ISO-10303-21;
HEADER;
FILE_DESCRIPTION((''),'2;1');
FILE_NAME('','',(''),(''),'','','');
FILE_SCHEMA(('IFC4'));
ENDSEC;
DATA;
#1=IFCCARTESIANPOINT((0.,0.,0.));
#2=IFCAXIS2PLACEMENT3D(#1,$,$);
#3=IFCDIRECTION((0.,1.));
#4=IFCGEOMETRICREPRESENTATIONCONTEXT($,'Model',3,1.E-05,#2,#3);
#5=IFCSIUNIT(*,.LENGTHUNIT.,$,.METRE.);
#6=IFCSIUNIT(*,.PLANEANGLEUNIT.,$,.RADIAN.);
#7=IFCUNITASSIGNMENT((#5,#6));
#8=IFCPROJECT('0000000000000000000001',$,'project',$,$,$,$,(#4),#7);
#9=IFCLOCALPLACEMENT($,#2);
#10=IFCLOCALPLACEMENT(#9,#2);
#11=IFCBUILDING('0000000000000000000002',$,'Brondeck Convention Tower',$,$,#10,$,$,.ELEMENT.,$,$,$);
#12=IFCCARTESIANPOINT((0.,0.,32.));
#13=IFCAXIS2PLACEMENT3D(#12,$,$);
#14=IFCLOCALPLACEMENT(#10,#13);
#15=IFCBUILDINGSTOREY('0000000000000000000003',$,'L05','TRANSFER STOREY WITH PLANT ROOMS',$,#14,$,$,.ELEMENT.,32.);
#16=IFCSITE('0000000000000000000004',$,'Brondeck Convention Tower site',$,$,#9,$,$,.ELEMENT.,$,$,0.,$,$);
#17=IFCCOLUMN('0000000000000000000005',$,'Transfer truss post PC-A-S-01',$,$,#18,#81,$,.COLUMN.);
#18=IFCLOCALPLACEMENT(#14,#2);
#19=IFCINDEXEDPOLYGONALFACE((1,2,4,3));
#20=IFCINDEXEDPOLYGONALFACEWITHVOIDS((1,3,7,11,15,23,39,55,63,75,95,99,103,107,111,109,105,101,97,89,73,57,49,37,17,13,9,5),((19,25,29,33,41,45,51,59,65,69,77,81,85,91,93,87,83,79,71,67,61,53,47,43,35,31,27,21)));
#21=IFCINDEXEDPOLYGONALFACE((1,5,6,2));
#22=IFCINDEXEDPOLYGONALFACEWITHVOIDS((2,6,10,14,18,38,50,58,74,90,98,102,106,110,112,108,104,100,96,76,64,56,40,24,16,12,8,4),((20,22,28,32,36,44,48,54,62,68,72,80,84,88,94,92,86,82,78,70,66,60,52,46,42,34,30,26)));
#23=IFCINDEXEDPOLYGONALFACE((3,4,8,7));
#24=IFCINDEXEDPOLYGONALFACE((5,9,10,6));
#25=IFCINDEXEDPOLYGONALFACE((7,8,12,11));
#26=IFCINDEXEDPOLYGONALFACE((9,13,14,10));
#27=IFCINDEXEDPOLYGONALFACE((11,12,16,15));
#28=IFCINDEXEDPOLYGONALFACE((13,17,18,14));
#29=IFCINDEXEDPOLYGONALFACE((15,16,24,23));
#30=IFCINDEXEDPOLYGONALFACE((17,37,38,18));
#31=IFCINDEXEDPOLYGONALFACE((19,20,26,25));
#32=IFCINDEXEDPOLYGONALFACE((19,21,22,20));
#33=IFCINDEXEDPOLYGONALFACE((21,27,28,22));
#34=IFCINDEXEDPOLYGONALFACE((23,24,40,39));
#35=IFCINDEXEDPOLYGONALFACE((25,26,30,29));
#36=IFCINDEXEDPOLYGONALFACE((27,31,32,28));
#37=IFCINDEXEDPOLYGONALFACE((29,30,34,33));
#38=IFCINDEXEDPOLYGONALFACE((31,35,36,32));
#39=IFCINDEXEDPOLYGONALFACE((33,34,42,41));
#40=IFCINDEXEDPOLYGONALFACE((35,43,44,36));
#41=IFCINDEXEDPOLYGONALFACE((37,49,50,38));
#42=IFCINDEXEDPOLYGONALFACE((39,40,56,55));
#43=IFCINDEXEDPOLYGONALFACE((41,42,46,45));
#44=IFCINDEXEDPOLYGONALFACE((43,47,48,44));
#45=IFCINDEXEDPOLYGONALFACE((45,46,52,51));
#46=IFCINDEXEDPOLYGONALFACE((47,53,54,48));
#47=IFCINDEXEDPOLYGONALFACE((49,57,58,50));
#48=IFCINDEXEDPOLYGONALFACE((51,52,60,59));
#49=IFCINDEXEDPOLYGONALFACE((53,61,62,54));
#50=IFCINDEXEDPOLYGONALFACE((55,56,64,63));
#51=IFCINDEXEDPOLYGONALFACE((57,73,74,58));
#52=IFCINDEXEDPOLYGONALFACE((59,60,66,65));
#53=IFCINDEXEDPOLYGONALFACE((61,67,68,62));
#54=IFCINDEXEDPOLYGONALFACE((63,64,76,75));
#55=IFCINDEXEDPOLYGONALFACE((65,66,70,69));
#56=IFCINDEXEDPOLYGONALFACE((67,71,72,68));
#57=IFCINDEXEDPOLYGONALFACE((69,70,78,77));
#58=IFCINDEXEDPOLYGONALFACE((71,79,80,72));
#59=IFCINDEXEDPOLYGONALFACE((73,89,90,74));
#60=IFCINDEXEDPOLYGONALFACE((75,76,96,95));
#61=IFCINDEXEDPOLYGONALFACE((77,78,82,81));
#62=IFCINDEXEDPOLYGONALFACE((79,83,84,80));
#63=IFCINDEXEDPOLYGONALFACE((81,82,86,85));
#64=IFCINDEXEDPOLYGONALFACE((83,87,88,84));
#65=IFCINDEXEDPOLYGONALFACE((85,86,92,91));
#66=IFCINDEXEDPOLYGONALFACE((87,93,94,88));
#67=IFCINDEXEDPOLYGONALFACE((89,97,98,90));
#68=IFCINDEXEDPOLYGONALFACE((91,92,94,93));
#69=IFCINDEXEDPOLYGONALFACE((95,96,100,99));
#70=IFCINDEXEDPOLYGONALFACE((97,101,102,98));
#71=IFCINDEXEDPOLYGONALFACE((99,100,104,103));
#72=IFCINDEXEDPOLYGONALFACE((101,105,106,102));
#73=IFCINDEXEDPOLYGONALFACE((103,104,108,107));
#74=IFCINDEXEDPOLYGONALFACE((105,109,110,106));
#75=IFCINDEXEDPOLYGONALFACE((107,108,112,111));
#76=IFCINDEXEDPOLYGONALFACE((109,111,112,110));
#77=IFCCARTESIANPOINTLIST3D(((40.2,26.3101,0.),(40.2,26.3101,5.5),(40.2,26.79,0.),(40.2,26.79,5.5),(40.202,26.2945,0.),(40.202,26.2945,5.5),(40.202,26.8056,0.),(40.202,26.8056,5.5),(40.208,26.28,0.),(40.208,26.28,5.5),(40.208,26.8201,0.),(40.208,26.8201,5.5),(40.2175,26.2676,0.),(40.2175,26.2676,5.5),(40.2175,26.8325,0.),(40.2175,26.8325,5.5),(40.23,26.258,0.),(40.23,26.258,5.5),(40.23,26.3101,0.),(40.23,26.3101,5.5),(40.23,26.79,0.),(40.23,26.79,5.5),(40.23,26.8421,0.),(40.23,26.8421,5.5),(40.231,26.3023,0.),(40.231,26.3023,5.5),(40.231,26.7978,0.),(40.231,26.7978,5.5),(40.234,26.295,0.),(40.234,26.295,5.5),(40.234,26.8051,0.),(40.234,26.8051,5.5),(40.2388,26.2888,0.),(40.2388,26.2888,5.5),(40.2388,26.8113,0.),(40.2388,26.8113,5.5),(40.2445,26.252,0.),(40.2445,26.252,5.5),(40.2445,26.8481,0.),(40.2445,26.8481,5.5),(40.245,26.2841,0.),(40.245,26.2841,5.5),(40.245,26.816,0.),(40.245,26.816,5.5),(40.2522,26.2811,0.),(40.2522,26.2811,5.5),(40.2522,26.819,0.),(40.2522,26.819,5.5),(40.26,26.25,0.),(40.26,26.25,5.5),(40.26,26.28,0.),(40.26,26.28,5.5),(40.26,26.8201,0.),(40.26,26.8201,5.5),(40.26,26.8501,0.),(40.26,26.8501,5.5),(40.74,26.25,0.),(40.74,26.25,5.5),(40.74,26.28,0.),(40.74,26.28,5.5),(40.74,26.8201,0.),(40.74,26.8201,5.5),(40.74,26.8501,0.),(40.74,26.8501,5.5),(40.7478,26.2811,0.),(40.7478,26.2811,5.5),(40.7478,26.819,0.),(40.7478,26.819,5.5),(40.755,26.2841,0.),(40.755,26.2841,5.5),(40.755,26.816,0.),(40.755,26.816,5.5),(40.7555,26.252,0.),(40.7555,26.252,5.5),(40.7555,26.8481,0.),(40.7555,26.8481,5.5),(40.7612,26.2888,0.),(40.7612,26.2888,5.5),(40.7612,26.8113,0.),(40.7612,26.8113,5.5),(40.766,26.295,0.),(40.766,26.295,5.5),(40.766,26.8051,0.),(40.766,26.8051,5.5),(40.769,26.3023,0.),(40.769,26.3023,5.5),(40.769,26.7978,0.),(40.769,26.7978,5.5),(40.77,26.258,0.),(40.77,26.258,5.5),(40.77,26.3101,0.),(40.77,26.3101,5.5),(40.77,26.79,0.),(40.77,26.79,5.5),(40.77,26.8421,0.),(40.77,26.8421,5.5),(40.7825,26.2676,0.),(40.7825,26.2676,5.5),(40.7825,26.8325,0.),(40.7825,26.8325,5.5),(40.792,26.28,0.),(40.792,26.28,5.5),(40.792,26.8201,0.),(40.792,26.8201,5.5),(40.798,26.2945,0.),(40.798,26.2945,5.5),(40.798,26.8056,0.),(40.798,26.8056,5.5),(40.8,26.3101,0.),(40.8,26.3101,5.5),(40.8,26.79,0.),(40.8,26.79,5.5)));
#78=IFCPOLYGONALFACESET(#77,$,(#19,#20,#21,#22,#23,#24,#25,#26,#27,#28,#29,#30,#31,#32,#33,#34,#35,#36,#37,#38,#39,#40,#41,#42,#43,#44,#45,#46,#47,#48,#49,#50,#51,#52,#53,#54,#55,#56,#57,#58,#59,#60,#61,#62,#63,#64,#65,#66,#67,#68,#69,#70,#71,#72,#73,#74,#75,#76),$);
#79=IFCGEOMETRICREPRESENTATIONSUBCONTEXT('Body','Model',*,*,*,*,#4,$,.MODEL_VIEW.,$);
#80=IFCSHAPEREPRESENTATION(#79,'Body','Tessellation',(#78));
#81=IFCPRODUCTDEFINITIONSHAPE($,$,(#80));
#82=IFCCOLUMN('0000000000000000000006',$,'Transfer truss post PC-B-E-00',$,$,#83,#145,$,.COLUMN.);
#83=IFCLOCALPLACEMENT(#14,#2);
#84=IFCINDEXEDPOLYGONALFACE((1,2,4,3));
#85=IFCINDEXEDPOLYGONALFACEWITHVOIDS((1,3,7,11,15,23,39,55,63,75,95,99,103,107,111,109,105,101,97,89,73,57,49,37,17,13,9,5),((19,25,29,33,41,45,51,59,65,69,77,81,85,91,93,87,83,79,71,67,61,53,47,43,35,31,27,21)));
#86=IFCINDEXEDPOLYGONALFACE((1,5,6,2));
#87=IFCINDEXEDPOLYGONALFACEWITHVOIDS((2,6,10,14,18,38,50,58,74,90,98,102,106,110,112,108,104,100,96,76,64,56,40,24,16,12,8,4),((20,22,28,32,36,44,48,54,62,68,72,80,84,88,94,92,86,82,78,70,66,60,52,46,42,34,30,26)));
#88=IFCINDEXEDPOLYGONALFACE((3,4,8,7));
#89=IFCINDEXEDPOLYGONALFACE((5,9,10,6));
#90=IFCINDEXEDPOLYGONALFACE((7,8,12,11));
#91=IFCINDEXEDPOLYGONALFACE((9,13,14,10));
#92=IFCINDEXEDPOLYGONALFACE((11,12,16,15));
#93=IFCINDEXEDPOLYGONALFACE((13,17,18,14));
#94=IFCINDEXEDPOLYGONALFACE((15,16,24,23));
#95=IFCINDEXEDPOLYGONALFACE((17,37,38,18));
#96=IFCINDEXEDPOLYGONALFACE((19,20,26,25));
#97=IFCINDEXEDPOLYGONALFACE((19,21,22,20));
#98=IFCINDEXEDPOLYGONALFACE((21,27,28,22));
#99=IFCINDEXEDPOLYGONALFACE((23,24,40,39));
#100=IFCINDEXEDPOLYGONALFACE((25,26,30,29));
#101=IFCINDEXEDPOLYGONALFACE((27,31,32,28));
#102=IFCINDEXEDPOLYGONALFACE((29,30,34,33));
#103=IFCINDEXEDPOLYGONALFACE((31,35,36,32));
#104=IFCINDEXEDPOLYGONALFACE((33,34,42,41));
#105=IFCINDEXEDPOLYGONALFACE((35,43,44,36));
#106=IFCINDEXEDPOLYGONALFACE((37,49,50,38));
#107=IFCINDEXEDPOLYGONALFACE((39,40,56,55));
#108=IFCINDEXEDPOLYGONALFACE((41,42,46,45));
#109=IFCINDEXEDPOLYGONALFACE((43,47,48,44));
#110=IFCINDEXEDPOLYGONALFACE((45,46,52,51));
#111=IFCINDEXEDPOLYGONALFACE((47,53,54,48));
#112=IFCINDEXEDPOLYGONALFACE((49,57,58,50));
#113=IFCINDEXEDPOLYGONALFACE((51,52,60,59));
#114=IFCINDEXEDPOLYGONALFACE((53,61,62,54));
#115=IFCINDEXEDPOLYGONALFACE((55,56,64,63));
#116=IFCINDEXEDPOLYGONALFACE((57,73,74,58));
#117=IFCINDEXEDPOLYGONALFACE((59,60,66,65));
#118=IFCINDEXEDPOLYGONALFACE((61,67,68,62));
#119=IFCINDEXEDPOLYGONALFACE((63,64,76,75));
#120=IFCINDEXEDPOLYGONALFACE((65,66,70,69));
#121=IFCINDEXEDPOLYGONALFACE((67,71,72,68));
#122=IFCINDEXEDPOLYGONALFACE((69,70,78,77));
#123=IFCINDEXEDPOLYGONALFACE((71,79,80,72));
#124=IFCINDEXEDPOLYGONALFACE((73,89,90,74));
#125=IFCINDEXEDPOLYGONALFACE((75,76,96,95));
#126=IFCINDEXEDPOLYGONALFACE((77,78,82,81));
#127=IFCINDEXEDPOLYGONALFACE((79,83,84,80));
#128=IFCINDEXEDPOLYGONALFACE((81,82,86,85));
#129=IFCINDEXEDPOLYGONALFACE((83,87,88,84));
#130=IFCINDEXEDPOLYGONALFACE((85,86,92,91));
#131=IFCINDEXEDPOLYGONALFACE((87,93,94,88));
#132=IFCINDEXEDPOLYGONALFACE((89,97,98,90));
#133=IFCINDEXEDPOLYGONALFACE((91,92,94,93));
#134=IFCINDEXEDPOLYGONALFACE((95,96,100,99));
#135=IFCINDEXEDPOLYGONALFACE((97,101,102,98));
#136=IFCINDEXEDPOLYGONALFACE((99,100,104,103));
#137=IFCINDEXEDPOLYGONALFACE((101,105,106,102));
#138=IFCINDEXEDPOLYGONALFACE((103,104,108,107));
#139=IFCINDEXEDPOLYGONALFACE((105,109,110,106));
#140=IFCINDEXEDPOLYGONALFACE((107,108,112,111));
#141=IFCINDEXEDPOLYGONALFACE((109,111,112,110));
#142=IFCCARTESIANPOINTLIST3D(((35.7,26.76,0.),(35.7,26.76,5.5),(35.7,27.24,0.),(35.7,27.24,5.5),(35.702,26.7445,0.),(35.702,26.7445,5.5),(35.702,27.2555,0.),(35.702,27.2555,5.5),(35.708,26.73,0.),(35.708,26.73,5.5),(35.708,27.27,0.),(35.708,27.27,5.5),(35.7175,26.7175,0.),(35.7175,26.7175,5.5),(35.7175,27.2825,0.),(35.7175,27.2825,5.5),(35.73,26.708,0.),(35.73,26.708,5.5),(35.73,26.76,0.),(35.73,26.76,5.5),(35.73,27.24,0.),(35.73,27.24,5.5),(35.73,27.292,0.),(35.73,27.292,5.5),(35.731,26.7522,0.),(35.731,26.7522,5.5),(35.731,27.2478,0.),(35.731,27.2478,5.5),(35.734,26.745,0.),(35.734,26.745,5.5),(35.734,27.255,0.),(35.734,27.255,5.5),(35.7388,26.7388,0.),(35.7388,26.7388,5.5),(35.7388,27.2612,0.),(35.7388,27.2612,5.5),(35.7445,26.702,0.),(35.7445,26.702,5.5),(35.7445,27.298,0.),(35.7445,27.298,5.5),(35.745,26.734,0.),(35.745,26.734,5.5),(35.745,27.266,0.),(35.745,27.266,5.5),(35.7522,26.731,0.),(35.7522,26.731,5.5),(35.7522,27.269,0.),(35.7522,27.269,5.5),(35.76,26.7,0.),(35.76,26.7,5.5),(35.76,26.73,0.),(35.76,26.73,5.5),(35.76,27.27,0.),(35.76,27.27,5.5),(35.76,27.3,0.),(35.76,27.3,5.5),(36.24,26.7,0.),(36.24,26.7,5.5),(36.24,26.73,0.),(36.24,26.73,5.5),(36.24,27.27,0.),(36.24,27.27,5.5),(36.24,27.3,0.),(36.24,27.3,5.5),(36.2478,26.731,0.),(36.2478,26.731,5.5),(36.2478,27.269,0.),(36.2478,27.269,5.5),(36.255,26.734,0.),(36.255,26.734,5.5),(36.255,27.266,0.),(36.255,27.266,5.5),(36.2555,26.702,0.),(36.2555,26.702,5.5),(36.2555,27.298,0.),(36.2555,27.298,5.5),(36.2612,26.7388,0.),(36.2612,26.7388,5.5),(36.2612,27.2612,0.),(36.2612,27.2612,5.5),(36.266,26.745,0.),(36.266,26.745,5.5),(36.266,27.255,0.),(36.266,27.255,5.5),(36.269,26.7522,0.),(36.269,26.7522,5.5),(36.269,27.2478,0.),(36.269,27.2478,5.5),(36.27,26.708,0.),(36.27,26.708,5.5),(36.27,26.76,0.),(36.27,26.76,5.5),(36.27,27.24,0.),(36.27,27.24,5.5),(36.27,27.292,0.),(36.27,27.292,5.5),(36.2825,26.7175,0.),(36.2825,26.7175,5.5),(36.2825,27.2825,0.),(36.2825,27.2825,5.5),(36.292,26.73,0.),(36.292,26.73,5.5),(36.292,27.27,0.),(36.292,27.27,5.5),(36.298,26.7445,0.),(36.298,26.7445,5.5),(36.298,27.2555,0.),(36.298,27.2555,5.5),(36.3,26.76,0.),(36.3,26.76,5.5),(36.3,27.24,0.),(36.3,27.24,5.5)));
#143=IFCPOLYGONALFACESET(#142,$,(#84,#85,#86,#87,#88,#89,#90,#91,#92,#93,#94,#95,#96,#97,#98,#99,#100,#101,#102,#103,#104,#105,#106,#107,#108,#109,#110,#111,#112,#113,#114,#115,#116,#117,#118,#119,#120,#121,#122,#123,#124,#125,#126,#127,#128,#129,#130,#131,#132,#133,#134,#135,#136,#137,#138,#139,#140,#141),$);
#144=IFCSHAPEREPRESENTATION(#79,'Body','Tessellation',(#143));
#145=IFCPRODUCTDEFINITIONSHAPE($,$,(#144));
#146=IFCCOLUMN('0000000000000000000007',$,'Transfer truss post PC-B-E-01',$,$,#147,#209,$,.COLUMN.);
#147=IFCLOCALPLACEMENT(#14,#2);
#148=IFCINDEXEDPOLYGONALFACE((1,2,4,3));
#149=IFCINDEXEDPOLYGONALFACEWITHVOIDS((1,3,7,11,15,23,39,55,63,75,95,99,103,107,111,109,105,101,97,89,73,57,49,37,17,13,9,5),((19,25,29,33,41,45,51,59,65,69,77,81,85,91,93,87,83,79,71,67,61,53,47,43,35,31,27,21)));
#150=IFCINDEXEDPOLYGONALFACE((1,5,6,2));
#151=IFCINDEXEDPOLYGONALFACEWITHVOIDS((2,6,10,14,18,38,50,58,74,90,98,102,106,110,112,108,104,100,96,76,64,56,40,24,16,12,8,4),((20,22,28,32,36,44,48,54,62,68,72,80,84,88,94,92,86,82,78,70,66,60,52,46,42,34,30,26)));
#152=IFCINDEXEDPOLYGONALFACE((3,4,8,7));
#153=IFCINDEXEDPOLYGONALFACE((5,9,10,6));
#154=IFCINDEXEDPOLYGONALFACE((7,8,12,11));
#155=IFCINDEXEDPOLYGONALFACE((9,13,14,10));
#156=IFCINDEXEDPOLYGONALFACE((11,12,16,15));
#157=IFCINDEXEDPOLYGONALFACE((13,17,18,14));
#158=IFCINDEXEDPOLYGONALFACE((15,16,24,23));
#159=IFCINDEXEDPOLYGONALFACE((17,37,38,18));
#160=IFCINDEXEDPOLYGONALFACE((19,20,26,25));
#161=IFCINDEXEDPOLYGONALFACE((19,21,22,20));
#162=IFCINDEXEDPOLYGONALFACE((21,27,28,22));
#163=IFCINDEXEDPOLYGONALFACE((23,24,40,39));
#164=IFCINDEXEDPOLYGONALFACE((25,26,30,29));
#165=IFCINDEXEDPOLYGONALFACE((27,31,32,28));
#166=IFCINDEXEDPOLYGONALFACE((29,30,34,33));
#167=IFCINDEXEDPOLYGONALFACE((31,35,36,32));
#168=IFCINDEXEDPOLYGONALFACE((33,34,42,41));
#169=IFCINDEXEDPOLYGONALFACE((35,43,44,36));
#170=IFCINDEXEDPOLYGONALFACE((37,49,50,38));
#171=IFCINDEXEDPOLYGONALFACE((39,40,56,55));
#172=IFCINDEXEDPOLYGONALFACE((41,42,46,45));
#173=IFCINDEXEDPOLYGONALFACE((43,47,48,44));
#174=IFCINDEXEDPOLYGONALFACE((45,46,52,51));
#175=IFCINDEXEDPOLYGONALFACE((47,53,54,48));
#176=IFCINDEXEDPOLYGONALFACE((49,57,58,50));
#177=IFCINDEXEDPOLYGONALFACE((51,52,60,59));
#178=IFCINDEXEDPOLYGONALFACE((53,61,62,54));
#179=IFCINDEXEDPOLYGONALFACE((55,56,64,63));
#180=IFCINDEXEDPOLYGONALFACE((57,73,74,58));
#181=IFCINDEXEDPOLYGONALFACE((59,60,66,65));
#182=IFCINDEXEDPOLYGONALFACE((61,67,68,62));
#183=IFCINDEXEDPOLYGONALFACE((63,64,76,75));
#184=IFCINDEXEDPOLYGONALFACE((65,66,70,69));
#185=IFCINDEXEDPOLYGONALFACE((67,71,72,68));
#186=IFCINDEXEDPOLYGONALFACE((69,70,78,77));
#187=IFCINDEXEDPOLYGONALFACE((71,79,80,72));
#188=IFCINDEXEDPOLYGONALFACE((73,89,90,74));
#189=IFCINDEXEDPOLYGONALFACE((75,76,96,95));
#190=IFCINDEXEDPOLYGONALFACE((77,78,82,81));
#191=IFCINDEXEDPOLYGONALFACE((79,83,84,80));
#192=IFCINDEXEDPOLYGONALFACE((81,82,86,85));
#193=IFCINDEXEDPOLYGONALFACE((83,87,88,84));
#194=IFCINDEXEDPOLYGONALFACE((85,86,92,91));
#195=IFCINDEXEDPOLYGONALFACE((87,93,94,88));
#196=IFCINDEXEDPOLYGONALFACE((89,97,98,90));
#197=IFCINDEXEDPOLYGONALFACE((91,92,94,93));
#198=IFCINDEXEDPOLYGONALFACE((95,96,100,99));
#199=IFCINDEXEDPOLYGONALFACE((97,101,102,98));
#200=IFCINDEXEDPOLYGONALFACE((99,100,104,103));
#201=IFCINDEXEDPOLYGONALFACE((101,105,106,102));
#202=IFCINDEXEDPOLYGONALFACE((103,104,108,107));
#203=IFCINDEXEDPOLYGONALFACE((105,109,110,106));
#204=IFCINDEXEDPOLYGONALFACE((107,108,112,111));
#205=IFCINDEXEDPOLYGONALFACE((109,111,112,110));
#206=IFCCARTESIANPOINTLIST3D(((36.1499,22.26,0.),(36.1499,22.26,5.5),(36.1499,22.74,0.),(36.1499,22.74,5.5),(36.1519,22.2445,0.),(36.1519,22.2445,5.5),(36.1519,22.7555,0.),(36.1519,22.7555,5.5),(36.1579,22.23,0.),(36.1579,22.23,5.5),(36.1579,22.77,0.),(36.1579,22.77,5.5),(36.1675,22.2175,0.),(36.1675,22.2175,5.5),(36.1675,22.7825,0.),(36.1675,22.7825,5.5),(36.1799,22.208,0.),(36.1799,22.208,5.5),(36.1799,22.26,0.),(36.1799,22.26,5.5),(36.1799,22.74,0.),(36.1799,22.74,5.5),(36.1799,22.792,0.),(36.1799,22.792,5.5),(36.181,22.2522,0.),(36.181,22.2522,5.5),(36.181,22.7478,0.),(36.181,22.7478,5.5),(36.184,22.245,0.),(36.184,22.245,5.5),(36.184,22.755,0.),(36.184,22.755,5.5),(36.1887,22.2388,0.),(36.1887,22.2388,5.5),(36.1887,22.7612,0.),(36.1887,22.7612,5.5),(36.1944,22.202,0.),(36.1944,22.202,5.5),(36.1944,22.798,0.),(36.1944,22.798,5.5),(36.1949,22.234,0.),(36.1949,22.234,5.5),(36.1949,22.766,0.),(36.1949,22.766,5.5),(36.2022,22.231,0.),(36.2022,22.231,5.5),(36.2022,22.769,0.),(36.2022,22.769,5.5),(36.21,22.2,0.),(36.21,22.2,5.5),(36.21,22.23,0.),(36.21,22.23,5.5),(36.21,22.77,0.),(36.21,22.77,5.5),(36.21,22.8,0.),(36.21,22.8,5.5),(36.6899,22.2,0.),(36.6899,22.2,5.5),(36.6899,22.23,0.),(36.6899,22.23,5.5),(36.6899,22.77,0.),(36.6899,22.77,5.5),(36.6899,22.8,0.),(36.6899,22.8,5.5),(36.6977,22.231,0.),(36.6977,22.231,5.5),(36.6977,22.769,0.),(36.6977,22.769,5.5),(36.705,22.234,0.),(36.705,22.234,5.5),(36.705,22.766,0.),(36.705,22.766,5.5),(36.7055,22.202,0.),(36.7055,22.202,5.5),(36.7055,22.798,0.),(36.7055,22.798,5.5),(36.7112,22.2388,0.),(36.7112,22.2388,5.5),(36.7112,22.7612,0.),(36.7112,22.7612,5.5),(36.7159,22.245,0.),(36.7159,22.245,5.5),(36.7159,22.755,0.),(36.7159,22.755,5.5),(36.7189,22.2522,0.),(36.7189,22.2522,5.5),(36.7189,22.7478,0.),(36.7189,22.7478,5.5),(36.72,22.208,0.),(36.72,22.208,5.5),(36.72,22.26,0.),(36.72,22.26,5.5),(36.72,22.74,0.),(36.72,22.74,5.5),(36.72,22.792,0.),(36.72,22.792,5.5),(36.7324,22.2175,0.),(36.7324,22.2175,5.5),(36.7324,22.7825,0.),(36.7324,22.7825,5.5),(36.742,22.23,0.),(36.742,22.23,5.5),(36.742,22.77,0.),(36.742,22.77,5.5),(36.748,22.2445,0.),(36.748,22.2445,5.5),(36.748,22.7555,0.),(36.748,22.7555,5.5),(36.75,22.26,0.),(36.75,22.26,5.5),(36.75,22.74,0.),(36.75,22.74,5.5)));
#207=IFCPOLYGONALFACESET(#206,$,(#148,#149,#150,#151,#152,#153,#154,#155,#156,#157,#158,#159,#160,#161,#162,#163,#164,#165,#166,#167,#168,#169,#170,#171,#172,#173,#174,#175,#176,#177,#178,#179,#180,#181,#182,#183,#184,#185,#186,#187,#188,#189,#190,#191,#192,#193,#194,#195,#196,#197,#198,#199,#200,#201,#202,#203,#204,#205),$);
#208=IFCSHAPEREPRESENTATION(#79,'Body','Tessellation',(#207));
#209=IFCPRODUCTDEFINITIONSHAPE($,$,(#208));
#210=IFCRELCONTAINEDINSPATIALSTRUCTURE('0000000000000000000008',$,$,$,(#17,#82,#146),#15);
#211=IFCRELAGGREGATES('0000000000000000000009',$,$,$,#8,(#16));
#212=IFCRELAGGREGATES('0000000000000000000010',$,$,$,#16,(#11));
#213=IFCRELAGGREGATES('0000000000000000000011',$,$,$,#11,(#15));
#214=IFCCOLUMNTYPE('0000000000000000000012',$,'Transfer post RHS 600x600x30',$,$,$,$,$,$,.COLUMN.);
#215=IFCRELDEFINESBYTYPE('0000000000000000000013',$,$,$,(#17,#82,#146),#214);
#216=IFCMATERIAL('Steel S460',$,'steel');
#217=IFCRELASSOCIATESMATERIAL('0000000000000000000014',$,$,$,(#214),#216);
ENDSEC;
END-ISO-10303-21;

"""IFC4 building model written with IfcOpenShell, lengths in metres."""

from ifc_helpers import new_model, si_unit, direction, frame, origin, origin_2d, place, context, subcontext, project, spatial, hollow_rectangle, extrude, material, material_profile, profile_set, type_object, element, save


model = new_model("IFC4")

# Units and contexts
model_context = context("Model", 3, precision=1e-05, world=origin(), true_north=direction((0.0, 1.0)))
body_context = subcontext(model_context, "Body", "Model", "MODEL_VIEW")
ifc_project = project(units=[si_unit("LENGTHUNIT", "METRE"), si_unit("PLANEANGLEUNIT", "RADIAN")], contexts=[model_context])

# Site, building, storey
site_placement = place(None, origin())
site = spatial("IfcSite", under=ifc_project, at=site_placement, Name="Brondeck Convention Tower site", CompositionType="ELEMENT", RefElevation=0.0)
building_placement = place(site_placement, origin())
building = spatial("IfcBuilding", under=site, at=building_placement, Name="Brondeck Convention Tower", CompositionType="ELEMENT")
storey_placement = place(building_placement, frame((0.0, 0.0, 32.0)))
storey = spatial("IfcBuildingStorey", under=building, at=storey_placement, Name="L05", Description="TRANSFER STOREY WITH PLANT ROOMS", CompositionType="ELEMENT", Elevation=32.0)

# Columns
ifc_material_1 = material(Name="Steel S460", Category="steel")
ifc_material_profile_1 = material_profile(ifc_material_1, hollow_rectangle(XDim=0.6001, YDim=0.6001, WallThickness=0.03, InnerFilletRadius=0.03, OuterFilletRadius=0.0601, at=origin_2d()), Name="RHS 600x600x30")
ifc_profile_set_1 = profile_set([ifc_material_profile_1], Name="Steel S460")
column_type = type_object("IfcColumnType", Name="Transfer post RHS 600x600x30", PredefinedType="COLUMN", material=ifc_profile_set_1)
for number, where, z_axis, x_axis, name in (
    (1, (40.5, 26.55, 0.0), (0.0, 0.0, 1.0), (1.0, 0.0, 0.0), "Transfer truss post PC-A-S-01"),
    (2, (36.0, 27.0, 0.0), (0.0, 0.0, 1.0), (1.0, 0.0, 0.0), "Transfer truss post PC-B-E-00"),
    (3, (36.45, 22.5, 0.0), (0.0, 0.0, 1.0), (1.0, 0.0, 0.0), "Transfer truss post PC-B-E-01"),
):
    element("IfcColumn", number, at=place(storey_placement, frame(where, z_axis=z_axis, x_axis=x_axis)), inside=storey, type_object=column_type, Name=name, PredefinedType="COLUMN", context=body_context, shape_type="SweptSolid", body=[
        extrude(hollow_rectangle(XDim=0.6001, YDim=0.6001, WallThickness=0.03, InnerFilletRadius=0.03, OuterFilletRadius=0.0601, at=origin_2d()), origin(), (0.0, 0.0, 1.0), 5.5),
    ])

save(model, "model.ifc")
